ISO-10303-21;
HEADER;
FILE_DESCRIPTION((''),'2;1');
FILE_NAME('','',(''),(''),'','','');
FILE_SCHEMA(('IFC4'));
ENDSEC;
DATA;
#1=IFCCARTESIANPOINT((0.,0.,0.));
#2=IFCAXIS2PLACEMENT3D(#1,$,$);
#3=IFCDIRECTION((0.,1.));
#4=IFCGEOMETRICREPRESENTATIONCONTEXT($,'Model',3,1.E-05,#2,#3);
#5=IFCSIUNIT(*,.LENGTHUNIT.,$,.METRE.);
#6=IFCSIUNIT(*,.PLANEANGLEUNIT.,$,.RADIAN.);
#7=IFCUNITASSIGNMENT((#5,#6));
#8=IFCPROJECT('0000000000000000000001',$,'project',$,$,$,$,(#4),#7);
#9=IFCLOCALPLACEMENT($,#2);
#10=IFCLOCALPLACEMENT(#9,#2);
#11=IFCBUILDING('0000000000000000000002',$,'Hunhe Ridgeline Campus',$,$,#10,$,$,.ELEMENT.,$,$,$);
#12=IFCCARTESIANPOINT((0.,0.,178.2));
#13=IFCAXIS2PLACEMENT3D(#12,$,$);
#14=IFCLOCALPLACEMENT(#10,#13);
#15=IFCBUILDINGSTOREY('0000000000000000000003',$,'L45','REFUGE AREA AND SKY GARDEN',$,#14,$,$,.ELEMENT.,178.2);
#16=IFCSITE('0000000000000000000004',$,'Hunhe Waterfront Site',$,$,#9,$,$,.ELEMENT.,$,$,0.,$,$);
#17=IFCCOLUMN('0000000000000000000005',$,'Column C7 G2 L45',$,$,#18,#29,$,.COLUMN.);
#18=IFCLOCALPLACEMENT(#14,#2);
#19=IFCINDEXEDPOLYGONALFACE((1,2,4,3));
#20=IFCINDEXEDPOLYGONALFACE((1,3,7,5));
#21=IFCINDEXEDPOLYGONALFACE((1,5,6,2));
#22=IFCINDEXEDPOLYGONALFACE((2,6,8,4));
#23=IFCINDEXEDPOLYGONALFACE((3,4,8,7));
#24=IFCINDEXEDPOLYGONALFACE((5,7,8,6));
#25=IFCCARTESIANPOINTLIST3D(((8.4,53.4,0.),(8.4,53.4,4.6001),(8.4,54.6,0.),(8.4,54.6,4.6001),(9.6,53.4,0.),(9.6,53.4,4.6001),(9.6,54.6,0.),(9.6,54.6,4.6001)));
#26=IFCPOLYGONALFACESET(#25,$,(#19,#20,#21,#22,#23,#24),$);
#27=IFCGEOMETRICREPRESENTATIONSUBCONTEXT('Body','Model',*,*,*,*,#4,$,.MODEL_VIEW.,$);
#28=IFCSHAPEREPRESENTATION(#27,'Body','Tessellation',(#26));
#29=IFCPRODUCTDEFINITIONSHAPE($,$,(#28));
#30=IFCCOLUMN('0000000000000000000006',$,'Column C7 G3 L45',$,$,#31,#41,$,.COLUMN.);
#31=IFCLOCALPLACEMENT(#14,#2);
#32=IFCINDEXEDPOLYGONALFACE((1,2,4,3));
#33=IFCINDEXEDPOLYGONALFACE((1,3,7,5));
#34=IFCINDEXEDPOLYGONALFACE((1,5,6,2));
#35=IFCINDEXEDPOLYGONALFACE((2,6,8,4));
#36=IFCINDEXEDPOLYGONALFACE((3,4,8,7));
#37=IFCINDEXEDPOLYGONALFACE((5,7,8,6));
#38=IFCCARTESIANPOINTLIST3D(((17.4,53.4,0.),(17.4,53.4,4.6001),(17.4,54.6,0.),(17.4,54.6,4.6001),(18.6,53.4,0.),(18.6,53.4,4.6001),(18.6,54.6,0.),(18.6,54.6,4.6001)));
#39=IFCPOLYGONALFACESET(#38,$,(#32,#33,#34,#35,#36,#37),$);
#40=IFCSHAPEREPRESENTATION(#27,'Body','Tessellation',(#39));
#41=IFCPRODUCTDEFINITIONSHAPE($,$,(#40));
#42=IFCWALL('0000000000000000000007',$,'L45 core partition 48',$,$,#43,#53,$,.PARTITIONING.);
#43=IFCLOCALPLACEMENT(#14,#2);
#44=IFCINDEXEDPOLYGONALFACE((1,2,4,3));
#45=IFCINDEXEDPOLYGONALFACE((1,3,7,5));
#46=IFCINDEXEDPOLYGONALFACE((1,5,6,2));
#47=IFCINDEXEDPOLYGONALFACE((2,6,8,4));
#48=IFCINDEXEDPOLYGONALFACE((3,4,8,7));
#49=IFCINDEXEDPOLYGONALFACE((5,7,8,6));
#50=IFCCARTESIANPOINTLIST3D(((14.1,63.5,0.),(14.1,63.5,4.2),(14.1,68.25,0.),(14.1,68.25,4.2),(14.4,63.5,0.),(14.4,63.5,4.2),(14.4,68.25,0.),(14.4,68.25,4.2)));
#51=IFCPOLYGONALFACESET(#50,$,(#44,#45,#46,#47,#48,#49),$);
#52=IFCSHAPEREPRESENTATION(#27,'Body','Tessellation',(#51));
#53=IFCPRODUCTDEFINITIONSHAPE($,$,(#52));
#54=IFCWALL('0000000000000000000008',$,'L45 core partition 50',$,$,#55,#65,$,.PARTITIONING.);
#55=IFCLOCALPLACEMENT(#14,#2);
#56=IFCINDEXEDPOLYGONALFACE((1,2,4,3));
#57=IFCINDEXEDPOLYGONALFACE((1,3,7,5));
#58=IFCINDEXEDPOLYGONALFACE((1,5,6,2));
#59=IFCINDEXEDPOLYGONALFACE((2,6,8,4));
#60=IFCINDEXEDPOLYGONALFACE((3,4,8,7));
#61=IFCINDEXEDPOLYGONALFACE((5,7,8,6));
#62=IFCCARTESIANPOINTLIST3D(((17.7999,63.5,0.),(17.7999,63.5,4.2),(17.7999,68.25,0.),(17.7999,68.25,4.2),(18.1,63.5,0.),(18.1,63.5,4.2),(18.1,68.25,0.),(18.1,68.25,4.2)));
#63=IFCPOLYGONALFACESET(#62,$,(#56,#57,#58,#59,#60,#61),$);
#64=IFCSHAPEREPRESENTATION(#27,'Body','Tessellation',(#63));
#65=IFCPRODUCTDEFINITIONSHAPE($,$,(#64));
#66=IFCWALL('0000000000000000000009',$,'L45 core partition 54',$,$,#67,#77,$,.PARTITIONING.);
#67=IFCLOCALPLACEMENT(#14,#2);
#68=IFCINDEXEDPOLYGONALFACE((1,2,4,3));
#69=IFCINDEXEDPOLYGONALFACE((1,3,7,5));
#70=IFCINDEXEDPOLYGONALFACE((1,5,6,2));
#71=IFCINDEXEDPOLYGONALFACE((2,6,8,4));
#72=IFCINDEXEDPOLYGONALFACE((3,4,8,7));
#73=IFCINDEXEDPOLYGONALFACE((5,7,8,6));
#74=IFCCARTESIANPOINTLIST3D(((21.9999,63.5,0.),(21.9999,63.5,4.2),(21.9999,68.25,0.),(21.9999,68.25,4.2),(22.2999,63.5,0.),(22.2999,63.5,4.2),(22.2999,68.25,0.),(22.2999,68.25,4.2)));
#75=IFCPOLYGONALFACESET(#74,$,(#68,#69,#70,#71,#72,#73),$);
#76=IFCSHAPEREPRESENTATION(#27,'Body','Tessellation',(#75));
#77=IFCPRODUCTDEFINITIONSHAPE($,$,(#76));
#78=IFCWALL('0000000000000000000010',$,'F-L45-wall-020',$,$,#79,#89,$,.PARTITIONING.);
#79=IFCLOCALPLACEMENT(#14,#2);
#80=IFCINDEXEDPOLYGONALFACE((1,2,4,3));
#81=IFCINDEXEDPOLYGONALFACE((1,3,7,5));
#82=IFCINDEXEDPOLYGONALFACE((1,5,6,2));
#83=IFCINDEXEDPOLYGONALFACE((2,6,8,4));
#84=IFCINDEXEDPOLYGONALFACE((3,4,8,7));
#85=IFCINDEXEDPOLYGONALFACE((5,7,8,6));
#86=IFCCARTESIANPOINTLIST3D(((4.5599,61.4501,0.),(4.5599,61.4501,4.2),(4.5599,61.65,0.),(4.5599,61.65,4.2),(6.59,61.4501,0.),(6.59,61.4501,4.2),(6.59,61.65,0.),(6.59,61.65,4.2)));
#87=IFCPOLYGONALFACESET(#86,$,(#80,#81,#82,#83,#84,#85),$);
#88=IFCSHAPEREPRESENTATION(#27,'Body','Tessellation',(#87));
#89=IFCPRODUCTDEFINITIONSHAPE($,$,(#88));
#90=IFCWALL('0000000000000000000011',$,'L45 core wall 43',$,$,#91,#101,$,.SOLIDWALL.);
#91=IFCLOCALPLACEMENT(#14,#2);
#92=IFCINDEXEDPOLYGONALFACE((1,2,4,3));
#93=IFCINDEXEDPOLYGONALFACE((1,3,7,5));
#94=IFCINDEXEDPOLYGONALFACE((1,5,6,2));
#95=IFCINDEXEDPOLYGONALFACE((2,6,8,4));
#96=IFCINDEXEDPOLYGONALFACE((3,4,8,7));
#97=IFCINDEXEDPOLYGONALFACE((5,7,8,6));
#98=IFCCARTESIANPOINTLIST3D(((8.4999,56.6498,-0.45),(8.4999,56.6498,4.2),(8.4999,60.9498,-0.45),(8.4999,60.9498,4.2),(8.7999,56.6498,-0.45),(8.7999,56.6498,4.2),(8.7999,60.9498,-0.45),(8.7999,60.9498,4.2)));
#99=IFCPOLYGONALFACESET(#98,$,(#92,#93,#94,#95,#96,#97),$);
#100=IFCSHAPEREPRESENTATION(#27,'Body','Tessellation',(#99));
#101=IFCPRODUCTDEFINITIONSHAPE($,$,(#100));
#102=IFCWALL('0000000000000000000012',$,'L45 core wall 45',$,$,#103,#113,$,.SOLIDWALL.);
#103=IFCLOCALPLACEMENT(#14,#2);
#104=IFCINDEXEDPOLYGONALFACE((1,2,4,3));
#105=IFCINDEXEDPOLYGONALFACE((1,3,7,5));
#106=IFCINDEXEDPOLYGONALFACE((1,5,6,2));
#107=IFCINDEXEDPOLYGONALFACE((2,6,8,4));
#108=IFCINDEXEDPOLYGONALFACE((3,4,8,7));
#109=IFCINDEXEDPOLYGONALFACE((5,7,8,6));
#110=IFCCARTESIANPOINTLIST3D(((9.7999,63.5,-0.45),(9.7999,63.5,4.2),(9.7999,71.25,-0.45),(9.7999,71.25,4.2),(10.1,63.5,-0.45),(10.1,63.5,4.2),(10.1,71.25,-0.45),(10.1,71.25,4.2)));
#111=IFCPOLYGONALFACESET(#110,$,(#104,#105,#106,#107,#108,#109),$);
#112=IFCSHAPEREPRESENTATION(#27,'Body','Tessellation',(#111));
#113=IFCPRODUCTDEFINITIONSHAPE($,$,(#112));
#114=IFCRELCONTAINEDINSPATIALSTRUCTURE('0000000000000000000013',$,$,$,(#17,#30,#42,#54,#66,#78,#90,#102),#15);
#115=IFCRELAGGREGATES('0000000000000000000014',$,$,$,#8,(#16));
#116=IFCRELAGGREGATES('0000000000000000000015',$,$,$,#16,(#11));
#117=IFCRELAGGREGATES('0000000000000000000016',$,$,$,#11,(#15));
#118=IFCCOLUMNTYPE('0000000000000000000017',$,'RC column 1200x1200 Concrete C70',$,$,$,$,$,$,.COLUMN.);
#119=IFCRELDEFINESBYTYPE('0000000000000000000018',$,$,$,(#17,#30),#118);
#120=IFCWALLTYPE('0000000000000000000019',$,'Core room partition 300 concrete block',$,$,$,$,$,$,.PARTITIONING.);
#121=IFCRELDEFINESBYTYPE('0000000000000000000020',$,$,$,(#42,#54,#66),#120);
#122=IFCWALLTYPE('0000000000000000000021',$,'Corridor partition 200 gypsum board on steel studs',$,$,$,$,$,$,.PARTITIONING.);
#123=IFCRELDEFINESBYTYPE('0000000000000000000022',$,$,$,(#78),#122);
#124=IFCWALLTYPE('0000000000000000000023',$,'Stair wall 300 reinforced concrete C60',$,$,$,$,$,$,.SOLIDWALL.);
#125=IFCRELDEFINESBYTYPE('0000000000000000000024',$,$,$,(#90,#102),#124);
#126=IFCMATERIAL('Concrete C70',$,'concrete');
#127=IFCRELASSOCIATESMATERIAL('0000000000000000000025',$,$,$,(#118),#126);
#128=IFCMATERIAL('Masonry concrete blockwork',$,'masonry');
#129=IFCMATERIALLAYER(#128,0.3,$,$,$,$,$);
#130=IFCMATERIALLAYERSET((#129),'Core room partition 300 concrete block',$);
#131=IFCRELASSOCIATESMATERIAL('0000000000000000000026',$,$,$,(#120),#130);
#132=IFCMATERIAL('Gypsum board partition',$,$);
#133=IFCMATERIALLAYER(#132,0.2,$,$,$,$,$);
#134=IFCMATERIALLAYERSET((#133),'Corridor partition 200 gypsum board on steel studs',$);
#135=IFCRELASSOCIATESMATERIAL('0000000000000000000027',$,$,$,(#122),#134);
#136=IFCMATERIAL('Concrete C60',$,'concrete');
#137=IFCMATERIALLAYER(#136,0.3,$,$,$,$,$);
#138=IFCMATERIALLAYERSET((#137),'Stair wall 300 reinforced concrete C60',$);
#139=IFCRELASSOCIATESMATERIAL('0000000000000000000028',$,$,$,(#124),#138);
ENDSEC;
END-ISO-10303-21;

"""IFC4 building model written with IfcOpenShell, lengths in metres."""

from ifc_helpers import new_model, si_unit, direction, frame, frame_2d, origin, origin_2d, place, context, subcontext, project, spatial, rectangle, extrude, material, layer, layer_set, material_profile, profile_set, type_object, element, save


model = new_model("IFC4")

# Units and contexts
model_context = context("Model", 3, precision=1e-05, world=origin(), true_north=direction((0.0, 1.0)))
body_context = subcontext(model_context, "Body", "Model", "MODEL_VIEW")
ifc_project = project(units=[si_unit("LENGTHUNIT", "METRE"), si_unit("PLANEANGLEUNIT", "RADIAN")], contexts=[model_context])

# Site, building, storey
site_placement = place(None, origin())
site = spatial("IfcSite", under=ifc_project, at=site_placement, Name="Hunhe Waterfront Site", CompositionType="ELEMENT", RefElevation=0.0)
building_placement = place(site_placement, origin())
building = spatial("IfcBuilding", under=site, at=building_placement, Name="Hunhe Ridgeline Campus", CompositionType="ELEMENT")
storey_placement = place(building_placement, frame((0.0, 0.0, 178.2)))
storey = spatial("IfcBuildingStorey", under=building, at=storey_placement, Name="L45", Description="REFUGE AREA AND SKY GARDEN", CompositionType="ELEMENT", Elevation=178.2)

# Columns
ifc_material_1 = material(Name="Concrete C70", Category="concrete")
ifc_material_profile = material_profile(ifc_material_1, rectangle(XDim=1.2, YDim=1.2, at=origin_2d()))
ifc_profile_set = profile_set([ifc_material_profile], Name="Concrete C70")
column_type = type_object("IfcColumnType", Name="RC column 1200x1200 Concrete C70", PredefinedType="COLUMN", material=ifc_profile_set)
for number, where, z_axis, x_axis, name in (
    (1, (9.0, 54.0, 0.0), (0.0, 0.0, 1.0), (1.0, 0.0, 0.0), "Column C7 G2 L45"),
    (2, (18.0, 54.0, 0.0), (0.0, 0.0, 1.0), (1.0, 0.0, 0.0), "Column C7 G3 L45"),
):
    element("IfcColumn", number, at=place(storey_placement, frame(where, z_axis=z_axis, x_axis=x_axis)), inside=storey, type_object=column_type, Name=name, PredefinedType="COLUMN", context=body_context, shape_type="SweptSolid", body=[
        extrude(rectangle(XDim=1.2, YDim=1.2, at=origin_2d()), origin(), (0.0, 0.0, 1.0), 4.6001),
    ])

# Shared definitions
ifc_material_2 = material(Name="Masonry concrete blockwork", Category="masonry")
ifc_layer_1 = layer(ifc_material_2, 0.3)
ifc_layer_set_1 = layer_set([ifc_layer_1], Name="Core room partition 300 concrete block")
wall_type_1 = type_object("IfcWallType", Name="Core room partition 300 concrete block", PredefinedType="PARTITIONING", material=ifc_layer_set_1)

# Walls
for number, where, z_axis, x_axis, name in (
    (3, (14.25, 63.5, 0.0), (0.0, 0.0, 1.0), (0.0, 1.0, 0.0), "L45 core partition 48"),
    (4, (17.95, 63.5, 0.0), (0.0, 0.0, 1.0), (0.0, 1.0, 0.0), "L45 core partition 50"),
    (5, (22.1499, 63.5, 0.0), (0.0, 0.0, 1.0), (0.0, 1.0, 0.0), "L45 core partition 54"),
):
    element("IfcWall", number, at=place(storey_placement, frame(where, z_axis=z_axis, x_axis=x_axis)), inside=storey, type_object=wall_type_1, Name=name, PredefinedType="PARTITIONING", context=body_context, shape_type="SweptSolid", body=[
        extrude(rectangle(XDim=4.75, YDim=0.3, at=frame_2d((2.375, 0.0))), origin(), (0.0, 0.0, 1.0), 4.2),
    ])
ifc_material_3 = material(Name="Gypsum board partition")
ifc_layer_2 = layer(ifc_material_3, 0.2)
ifc_layer_set_2 = layer_set([ifc_layer_2], Name="Corridor partition 200 gypsum board on steel studs")
wall_type_2 = type_object("IfcWallType", Name="Corridor partition 200 gypsum board on steel studs", PredefinedType="PARTITIONING", material=ifc_layer_set_2)
wall_1_placement = place(storey_placement, frame((6.5901, 61.55, 0.0), z_axis=(0.0, 0.0, 1.0), x_axis=(-1.0, 0.0, 0.0)))
element("IfcWall", 6, at=wall_1_placement, inside=storey, type_object=wall_type_2, Name="F-L45-wall-020", PredefinedType="PARTITIONING", context=body_context, shape_type="SweptSolid", body=[
    extrude(rectangle(XDim=2.03, YDim=0.2, at=frame_2d((1.0151, 0.0))), origin(), (0.0, 0.0, 1.0), 4.2),
])
ifc_material_4 = material(Name="Concrete C60", Category="concrete")
ifc_layer_3 = layer(ifc_material_4, 0.3)
ifc_layer_set_3 = layer_set([ifc_layer_3], Name="Stair wall 300 reinforced concrete C60")
wall_type_3 = type_object("IfcWallType", Name="Stair wall 300 reinforced concrete C60", PredefinedType="SOLIDWALL", material=ifc_layer_set_3)
wall_2_placement = place(storey_placement, frame((8.6499, 56.6499, -0.45), z_axis=(0.0, 0.0, 1.0), x_axis=(0.0, 1.0, 0.0)))
element("IfcWall", 7, at=wall_2_placement, inside=storey, type_object=wall_type_3, Name="L45 core wall 43", PredefinedType="SOLIDWALL", context=body_context, shape_type="SweptSolid", body=[
    extrude(rectangle(XDim=4.3, YDim=0.3, at=frame_2d((2.1499, 0.0))), origin(), (0.0, 0.0, 1.0), 4.6499),
])
wall_3_placement = place(storey_placement, frame((9.95, 63.5, -0.45), z_axis=(0.0, 0.0, 1.0), x_axis=(0.0, 1.0, 0.0)))
element("IfcWall", 8, at=wall_3_placement, inside=storey, type_object=wall_type_3, Name="L45 core wall 45", PredefinedType="SOLIDWALL", context=body_context, shape_type="SweptSolid", body=[
    extrude(rectangle(XDim=7.75, YDim=0.3, at=frame_2d((3.875, 0.0))), origin(), (0.0, 0.0, 1.0), 4.6499),
])

save(model, "model.ifc")
